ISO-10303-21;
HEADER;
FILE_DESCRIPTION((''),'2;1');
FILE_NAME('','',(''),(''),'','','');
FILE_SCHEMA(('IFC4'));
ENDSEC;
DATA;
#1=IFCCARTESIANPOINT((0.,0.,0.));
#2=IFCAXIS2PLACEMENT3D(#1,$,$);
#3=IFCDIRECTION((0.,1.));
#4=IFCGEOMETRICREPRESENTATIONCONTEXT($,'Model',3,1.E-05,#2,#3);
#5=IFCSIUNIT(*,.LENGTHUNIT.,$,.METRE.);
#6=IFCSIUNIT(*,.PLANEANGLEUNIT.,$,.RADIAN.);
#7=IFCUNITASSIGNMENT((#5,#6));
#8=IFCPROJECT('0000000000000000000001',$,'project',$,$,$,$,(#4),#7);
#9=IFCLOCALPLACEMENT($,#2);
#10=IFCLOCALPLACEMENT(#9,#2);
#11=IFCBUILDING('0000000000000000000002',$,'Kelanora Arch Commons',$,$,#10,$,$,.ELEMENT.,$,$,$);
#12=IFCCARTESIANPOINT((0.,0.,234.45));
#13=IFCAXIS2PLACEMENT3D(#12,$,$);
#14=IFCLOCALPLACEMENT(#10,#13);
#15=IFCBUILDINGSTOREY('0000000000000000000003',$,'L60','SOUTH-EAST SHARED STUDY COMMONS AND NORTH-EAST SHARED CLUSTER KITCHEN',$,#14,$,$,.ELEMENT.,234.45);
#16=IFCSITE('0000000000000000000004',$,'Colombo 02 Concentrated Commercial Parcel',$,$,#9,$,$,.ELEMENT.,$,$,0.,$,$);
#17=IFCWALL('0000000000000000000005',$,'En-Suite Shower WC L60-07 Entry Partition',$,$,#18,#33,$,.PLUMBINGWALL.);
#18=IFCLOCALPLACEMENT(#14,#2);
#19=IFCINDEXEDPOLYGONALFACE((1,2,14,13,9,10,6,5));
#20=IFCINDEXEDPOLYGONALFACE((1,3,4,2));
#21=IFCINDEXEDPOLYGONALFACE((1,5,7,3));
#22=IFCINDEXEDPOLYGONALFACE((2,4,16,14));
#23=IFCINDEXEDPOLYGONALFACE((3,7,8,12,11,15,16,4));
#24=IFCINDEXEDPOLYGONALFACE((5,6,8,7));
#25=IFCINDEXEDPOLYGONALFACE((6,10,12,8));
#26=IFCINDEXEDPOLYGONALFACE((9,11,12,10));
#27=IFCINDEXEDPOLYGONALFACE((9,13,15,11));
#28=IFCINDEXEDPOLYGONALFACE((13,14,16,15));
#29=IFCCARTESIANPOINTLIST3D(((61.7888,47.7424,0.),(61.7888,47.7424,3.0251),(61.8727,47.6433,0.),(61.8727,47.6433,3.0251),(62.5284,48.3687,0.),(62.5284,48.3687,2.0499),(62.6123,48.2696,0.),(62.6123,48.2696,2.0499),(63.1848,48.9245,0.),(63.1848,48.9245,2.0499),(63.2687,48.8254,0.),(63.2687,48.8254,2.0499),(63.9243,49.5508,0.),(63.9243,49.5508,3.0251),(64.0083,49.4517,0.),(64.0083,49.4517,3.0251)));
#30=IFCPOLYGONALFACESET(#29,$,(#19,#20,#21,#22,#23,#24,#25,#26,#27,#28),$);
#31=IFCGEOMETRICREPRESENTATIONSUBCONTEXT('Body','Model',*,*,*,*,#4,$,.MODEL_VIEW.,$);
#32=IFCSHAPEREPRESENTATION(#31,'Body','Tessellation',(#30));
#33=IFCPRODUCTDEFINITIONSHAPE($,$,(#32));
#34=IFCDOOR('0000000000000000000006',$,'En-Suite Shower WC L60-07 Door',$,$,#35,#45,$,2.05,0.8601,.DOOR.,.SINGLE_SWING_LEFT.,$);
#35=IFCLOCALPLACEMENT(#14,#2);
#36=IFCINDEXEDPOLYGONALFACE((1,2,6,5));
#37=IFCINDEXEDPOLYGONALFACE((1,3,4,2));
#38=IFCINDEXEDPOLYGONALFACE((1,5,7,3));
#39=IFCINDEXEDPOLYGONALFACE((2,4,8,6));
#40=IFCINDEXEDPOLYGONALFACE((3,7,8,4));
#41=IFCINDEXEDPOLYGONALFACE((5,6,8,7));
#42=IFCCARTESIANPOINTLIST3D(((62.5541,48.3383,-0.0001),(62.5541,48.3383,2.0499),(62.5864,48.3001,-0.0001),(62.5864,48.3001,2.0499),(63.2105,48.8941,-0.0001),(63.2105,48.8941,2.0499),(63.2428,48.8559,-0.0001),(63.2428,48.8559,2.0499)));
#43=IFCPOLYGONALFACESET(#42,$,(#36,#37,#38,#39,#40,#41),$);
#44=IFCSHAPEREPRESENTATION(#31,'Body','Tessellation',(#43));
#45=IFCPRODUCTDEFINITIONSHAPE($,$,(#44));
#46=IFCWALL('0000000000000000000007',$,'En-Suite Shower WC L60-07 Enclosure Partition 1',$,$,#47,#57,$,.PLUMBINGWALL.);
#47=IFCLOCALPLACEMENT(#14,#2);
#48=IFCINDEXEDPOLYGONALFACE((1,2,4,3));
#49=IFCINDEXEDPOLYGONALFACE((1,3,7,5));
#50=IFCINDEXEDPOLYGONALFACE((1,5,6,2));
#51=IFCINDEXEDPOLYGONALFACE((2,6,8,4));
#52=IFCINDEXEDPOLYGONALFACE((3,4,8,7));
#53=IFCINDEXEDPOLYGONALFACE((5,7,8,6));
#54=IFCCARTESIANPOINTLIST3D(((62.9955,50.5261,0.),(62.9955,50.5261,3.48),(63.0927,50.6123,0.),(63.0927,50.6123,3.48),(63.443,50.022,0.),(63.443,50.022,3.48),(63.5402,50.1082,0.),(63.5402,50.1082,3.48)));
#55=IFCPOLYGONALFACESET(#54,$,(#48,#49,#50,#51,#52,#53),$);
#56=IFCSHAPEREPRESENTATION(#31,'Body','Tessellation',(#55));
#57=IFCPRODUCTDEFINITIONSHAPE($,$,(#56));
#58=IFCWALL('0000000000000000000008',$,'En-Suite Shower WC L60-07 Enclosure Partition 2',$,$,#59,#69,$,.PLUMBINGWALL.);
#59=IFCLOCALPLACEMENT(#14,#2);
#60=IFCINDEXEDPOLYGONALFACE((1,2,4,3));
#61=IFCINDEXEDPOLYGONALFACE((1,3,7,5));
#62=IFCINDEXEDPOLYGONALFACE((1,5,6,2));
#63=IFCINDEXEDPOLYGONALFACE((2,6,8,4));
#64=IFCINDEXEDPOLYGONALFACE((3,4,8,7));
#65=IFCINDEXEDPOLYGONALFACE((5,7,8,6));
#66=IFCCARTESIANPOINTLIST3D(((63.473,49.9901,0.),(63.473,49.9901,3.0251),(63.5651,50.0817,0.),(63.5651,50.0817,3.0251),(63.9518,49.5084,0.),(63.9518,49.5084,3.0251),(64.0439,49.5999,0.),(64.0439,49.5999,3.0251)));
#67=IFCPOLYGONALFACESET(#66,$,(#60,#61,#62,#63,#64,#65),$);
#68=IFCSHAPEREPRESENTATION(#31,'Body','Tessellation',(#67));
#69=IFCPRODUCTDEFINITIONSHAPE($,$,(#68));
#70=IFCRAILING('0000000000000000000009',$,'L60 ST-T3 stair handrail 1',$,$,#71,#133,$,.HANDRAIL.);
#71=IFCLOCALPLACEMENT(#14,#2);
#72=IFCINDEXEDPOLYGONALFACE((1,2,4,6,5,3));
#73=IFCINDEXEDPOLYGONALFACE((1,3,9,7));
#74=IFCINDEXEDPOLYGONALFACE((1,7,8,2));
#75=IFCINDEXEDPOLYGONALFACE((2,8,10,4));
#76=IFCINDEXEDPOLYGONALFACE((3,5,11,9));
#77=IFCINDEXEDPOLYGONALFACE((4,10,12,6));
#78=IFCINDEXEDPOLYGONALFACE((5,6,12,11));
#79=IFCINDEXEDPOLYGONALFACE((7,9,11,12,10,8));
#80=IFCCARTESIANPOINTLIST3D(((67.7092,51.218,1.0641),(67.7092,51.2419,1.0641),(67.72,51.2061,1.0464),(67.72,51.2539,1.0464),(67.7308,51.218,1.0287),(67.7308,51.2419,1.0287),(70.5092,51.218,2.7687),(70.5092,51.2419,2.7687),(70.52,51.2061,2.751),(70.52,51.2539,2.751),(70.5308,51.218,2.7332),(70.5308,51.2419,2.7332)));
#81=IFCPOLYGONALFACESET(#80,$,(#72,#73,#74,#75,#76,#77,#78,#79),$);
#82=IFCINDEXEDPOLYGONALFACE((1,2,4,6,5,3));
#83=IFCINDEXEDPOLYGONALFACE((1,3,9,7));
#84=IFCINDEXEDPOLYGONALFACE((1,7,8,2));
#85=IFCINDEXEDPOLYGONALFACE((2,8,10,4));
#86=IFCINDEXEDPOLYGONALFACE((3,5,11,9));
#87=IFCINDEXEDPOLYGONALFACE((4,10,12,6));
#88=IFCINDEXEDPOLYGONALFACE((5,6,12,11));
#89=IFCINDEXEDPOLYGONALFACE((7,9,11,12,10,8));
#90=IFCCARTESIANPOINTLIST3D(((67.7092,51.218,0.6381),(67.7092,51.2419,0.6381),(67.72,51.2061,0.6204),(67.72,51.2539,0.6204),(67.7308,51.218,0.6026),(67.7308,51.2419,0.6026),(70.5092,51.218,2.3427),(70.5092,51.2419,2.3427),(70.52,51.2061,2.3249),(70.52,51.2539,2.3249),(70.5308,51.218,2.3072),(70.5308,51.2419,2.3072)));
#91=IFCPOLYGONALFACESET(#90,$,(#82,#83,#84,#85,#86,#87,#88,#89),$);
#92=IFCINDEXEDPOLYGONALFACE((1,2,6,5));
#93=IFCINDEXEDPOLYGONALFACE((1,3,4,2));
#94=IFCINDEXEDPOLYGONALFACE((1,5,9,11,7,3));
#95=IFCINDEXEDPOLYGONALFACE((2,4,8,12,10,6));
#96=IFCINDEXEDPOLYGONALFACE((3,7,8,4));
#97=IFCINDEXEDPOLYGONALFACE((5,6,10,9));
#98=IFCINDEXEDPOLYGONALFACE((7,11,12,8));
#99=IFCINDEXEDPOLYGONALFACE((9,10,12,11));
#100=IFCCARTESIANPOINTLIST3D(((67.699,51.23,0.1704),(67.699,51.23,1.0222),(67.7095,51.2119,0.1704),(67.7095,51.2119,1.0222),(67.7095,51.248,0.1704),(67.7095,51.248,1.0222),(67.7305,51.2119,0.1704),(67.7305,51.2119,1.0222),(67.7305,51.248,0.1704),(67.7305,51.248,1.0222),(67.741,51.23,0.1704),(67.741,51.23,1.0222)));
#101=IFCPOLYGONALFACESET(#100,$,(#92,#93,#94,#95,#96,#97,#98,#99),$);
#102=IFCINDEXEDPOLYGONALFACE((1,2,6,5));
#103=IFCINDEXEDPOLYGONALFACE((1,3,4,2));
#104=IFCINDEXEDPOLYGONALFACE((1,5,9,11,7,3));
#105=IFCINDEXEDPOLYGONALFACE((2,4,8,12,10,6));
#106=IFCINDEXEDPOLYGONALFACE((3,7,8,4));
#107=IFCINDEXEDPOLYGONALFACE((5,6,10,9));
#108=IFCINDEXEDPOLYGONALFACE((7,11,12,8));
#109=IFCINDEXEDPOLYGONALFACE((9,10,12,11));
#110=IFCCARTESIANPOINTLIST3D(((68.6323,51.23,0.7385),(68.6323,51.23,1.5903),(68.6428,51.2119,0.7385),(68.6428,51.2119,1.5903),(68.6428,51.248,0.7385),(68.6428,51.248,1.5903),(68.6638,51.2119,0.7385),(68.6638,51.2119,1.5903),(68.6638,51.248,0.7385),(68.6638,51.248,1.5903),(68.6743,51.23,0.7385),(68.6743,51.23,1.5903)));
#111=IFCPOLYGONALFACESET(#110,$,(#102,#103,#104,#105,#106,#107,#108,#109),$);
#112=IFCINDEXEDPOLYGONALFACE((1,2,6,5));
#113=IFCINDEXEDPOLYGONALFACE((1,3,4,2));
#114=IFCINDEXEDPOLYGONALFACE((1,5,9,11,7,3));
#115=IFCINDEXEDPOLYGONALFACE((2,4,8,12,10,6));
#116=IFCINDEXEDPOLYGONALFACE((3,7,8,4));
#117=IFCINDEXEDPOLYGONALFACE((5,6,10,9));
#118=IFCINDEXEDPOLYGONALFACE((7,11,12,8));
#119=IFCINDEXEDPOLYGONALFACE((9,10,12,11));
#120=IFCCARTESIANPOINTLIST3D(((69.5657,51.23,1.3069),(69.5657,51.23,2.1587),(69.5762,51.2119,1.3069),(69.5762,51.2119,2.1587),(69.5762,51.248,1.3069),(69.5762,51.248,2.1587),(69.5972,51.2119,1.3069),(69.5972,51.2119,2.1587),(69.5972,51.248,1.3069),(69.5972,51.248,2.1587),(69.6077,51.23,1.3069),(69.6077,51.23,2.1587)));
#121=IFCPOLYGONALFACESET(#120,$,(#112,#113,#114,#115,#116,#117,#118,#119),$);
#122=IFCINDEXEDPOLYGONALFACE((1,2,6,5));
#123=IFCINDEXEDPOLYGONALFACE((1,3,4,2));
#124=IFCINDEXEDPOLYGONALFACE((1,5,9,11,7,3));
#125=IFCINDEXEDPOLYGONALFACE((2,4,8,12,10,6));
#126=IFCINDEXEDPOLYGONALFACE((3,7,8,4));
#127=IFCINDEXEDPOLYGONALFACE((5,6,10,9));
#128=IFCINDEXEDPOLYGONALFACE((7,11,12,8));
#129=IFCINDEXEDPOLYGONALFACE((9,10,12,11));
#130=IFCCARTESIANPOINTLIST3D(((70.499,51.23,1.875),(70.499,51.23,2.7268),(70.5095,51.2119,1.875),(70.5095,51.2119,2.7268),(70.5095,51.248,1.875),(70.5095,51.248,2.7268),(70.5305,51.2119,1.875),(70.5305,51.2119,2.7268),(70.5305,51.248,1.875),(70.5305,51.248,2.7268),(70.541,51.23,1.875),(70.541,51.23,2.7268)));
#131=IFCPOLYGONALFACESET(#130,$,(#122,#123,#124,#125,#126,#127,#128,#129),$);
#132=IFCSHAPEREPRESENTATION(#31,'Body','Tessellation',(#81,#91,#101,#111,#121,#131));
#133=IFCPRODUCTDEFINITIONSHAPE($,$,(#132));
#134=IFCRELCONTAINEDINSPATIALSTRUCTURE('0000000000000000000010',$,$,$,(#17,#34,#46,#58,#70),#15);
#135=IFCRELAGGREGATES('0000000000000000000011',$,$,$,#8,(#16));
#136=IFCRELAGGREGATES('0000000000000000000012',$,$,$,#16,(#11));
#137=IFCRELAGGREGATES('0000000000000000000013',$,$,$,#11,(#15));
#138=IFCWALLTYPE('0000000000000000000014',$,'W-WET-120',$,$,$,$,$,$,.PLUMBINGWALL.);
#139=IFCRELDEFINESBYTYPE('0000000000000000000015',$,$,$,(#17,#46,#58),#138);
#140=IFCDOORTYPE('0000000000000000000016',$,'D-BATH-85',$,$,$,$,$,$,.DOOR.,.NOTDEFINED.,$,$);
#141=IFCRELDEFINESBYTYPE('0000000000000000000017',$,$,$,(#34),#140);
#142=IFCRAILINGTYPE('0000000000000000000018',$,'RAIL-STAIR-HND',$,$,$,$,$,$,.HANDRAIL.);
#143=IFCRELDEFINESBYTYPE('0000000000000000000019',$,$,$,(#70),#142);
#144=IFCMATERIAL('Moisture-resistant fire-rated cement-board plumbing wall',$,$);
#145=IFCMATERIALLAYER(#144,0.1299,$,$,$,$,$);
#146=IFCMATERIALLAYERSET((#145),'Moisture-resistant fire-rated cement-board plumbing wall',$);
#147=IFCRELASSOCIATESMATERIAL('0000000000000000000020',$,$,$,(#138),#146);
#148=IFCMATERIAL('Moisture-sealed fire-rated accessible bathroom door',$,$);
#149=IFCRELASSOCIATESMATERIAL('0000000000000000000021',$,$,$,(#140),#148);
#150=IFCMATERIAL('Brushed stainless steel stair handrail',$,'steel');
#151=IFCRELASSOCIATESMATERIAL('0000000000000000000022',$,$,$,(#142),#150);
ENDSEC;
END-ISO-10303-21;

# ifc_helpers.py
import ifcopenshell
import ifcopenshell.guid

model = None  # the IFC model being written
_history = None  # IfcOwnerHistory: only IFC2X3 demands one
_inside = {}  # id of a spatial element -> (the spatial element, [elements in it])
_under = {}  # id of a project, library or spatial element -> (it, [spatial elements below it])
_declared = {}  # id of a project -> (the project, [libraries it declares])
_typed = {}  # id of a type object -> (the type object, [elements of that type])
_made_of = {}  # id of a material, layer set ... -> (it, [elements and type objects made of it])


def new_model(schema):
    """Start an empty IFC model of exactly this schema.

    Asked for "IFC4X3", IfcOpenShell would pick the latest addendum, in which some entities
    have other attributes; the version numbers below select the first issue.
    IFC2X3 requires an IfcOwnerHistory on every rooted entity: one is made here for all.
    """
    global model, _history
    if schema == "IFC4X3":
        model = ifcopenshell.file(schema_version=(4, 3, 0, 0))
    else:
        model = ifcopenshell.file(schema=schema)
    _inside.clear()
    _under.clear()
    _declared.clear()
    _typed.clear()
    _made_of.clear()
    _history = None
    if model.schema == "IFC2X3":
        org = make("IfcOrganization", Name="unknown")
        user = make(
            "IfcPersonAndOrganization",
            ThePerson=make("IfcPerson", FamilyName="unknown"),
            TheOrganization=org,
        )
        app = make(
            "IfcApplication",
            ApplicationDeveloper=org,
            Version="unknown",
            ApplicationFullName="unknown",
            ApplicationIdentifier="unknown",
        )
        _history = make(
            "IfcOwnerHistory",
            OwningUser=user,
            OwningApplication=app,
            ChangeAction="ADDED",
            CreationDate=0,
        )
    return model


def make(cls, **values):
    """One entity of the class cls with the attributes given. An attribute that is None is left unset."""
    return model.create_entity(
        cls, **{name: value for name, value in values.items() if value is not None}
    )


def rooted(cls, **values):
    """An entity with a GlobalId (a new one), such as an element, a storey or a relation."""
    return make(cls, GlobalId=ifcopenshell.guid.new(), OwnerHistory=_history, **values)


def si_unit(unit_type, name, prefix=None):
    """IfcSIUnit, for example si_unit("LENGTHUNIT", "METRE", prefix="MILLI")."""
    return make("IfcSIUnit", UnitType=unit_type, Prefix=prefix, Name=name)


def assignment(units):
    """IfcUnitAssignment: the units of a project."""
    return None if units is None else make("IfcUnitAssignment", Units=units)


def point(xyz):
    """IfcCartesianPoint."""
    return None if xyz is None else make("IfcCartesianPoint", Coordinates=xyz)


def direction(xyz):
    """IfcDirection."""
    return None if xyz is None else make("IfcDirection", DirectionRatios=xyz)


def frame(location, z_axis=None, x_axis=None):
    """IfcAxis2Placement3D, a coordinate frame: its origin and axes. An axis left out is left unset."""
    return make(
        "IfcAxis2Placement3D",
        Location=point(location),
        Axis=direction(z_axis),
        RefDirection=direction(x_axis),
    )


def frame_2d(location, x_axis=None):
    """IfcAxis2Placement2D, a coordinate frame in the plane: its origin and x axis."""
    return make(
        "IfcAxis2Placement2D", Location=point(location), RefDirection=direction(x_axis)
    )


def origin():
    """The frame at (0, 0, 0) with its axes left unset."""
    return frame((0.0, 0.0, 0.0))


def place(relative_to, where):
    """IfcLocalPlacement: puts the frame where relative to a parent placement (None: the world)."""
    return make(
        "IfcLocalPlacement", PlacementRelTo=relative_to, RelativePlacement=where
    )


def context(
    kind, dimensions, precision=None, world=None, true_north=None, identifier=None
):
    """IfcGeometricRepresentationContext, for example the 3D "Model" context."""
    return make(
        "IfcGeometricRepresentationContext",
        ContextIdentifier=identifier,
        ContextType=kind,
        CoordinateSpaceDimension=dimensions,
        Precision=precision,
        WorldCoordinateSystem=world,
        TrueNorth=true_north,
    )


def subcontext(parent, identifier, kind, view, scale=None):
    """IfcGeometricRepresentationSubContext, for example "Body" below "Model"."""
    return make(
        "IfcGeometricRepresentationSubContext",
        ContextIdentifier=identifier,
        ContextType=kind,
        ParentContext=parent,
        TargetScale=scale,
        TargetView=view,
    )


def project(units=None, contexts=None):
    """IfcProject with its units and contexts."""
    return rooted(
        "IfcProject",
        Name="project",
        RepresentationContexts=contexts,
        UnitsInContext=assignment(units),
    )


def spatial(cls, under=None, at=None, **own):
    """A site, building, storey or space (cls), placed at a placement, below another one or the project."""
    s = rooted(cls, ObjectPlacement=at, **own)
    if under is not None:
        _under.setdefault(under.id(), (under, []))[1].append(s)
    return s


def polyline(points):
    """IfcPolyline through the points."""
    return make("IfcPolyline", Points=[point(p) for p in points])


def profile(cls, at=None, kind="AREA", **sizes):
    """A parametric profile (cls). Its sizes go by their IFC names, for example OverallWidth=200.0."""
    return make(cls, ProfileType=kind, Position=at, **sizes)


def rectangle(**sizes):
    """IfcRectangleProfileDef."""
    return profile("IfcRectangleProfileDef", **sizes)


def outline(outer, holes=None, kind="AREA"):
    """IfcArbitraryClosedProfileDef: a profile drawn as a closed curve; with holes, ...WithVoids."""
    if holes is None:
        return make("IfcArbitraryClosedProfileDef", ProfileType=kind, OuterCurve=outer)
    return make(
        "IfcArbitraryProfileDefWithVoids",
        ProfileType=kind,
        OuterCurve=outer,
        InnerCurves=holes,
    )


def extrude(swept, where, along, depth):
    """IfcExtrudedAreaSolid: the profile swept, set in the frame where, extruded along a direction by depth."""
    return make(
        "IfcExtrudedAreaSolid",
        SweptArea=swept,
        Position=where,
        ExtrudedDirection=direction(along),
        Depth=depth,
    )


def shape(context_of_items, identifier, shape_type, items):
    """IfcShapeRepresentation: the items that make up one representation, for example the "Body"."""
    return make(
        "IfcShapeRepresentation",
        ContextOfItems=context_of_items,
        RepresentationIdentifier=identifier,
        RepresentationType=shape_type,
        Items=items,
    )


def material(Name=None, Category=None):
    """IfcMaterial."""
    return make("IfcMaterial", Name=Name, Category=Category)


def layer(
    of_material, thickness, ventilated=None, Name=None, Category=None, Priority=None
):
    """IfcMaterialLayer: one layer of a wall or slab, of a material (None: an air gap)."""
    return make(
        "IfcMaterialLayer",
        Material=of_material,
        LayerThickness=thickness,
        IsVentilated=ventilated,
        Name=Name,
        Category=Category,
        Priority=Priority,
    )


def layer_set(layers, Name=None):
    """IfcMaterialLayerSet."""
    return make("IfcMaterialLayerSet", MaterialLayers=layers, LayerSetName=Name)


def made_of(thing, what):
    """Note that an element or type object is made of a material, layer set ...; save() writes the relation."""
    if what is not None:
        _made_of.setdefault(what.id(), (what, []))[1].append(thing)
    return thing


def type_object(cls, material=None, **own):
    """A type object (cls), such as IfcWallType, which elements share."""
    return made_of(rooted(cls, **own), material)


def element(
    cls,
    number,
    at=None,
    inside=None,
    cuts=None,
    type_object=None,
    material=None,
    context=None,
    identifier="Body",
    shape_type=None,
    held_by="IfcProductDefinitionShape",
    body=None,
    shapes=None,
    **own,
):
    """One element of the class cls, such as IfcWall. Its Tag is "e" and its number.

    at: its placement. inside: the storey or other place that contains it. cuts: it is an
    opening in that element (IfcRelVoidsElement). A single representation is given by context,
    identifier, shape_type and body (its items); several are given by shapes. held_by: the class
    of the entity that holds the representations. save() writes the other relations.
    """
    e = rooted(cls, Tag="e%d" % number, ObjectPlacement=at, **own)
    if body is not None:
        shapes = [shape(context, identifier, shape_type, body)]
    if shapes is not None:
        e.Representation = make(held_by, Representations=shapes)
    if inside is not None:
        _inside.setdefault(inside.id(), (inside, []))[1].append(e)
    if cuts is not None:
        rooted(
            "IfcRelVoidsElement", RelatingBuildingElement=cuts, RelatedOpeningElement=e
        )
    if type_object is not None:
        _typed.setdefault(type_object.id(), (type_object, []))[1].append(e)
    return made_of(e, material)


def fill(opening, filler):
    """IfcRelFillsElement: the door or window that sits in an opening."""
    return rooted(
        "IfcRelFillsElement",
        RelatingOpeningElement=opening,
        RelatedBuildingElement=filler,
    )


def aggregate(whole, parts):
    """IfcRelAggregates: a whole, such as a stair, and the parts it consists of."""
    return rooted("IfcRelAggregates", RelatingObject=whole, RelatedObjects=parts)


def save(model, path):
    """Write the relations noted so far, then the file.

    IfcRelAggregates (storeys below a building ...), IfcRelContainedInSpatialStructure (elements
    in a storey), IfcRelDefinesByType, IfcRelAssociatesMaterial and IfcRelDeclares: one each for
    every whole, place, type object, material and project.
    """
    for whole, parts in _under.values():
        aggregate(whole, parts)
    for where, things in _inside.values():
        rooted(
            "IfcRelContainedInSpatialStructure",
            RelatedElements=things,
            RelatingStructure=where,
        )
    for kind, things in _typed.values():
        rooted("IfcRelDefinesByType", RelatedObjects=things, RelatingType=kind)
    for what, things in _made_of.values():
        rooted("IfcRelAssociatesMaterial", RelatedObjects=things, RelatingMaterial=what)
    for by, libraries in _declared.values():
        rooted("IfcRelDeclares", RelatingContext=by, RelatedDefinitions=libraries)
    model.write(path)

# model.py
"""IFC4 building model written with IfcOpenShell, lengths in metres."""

from ifc_helpers import new_model, si_unit, direction, frame, frame_2d, origin, place, context, subcontext, project, spatial, polyline, rectangle, outline, extrude, material, layer, layer_set, type_object, element, fill, save


model = new_model("IFC4")

# Units and contexts
model_context = context("Model", 3, precision=1e-05, world=origin(), true_north=direction((0.0, 1.0)))
body_context = subcontext(model_context, "Body", "Model", "MODEL_VIEW")
ifc_project = project(units=[si_unit("LENGTHUNIT", "METRE"), si_unit("PLANEANGLEUNIT", "RADIAN")], contexts=[model_context])

# Site, building, storey
site_placement = place(None, origin())
site = spatial("IfcSite", under=ifc_project, at=site_placement, Name="Colombo 02 Concentrated Commercial Parcel", CompositionType="ELEMENT", RefElevation=0.0)
building_placement = place(site_placement, origin())
building = spatial("IfcBuilding", under=site, at=building_placement, Name="Kelanora Arch Commons", CompositionType="ELEMENT")
storey_placement = place(building_placement, frame((0.0, 0.0, 234.45)))
storey = spatial("IfcBuildingStorey", under=building, at=storey_placement, Name="L60", Description="SOUTH-EAST SHARED STUDY COMMONS AND NORTH-EAST SHARED CLUSTER KITCHEN", CompositionType="ELEMENT", Elevation=234.45)

# Wall, opening, door
ifc_material_1 = material(Name="Moisture-resistant fire-rated cement-board plumbing wall")
ifc_layer_1 = layer(ifc_material_1, 0.1299)
ifc_layer_set_1 = layer_set([ifc_layer_1], Name="Moisture-resistant fire-rated cement-board plumbing wall")
wall_type_1 = type_object("IfcWallType", Name="W-WET-120", PredefinedType="PLUMBINGWALL", material=ifc_layer_set_1)
wall_1_placement = place(storey_placement, frame((63.9663, 49.5012, 0.0), z_axis=(0.0, 0.0, 1.0), x_axis=(-0.763141, -0.646232, 0.0)))
wall_1 = element("IfcWall", 1, at=wall_1_placement, inside=storey, type_object=wall_type_1, Name="En-Suite Shower WC L60-07 Entry Partition", PredefinedType="PLUMBINGWALL", context=body_context, shape_type="SweptSolid", body=[
    extrude(rectangle(XDim=2.7983, YDim=0.1299, at=frame_2d((1.3992, 0.0))), origin(), (0.0, 0.0, 1.0), 3.0251),
])
opening_1_placement = place(wall_1_placement, frame((0.969, 0.0, 0.0)))
opening_1 = element("IfcOpeningElement", 2, at=opening_1_placement, cuts=wall_1, PredefinedType="OPENING", context=body_context, shape_type="SweptSolid", body=[
    extrude(rectangle(XDim=0.8601, YDim=2.05, at=frame_2d((0.4302, 1.0249))), frame((0.0, 0.075, 0.0), z_axis=(0.0, -1.0, 0.0), x_axis=(1.0, 0.0, 0.0)), (0.0, 0.0, 1.0), 0.1499),
])
ifc_material_2 = material(Name="Moisture-sealed fire-rated accessible bathroom door")
door_type_1 = type_object("IfcDoorType", Name="D-BATH-85", OperationType="NOTDEFINED", PredefinedType="DOOR", material=ifc_material_2)
door_1_placement = place(opening_1_placement, origin())
door_1 = element("IfcDoor", 3, at=door_1_placement, inside=storey, type_object=door_type_1, Name="En-Suite Shower WC L60-07 Door", OperationType="SINGLE_SWING_LEFT", OverallHeight=2.05, OverallWidth=0.8601, PredefinedType="DOOR", context=body_context, shape_type="SweptSolid", body=[
    extrude(rectangle(XDim=0.8601, YDim=2.05, at=frame_2d((0.4302, 1.0249))), frame((0.0, 0.0249, 0.0), z_axis=(0.0, -1.0, 0.0), x_axis=(1.0, 0.0, 0.0)), (0.0, 0.0, 1.0), 0.05),
])
fill(opening_1, door_1)

# Walls
wall_2_placement = place(storey_placement, frame((63.0442, 50.5691, 0.0), z_axis=(0.0, 0.0, 1.0), x_axis=(0.663847, -0.747869, 0.0)))
element("IfcWall", 4, at=wall_2_placement, inside=storey, type_object=wall_type_1, Name="En-Suite Shower WC L60-07 Enclosure Partition 1", PredefinedType="PLUMBINGWALL", context=body_context, shape_type="SweptSolid", body=[
    extrude(rectangle(XDim=0.6741, YDim=0.1299, at=frame_2d((0.3369, 0.0))), origin(), (0.0, 0.0, 1.0), 3.48),
])
wall_3_placement = place(storey_placement, frame((63.519, 50.0359, 0.0), z_axis=(0.0, 0.0, 1.0), x_axis=(0.704947, -0.70926, 0.0)))
element("IfcWall", 5, at=wall_3_placement, inside=storey, type_object=wall_type_1, Name="En-Suite Shower WC L60-07 Enclosure Partition 2", PredefinedType="PLUMBINGWALL", context=body_context, shape_type="SweptSolid", body=[
    extrude(rectangle(XDim=0.6792, YDim=0.1299, at=frame_2d((0.3396, 0.0))), origin(), (0.0, 0.0, 1.0), 3.0251),
])

# Railing
ifc_material_3 = material(Name="Brushed stainless steel stair handrail", Category="steel")
railing_type = type_object("IfcRailingType", Name="RAIL-STAIR-HND", PredefinedType="HANDRAIL", material=ifc_material_3)
railing_placement = place(storey_placement, frame((67.72, 51.23, 0.1704)))
element("IfcRailing", 6, at=railing_placement, inside=storey, type_object=railing_type, Name="L60 ST-T3 stair handrail 1", PredefinedType="HANDRAIL", context=body_context, shape_type="SweptSolid", body=[
    extrude(outline(polyline([(0.0239, 0.0), (0.012, 0.0208), (-0.012, 0.0208), (-0.0239, 0.0), (-0.012, -0.0208), (0.012, -0.0208), (0.0239, 0.0)])), frame((0.0, 0.0, 0.876), z_axis=(0.85417, 0.0, 0.519994), x_axis=(0.0, 1.0, 0.0)), (0.0, 0.0, 1.0), 3.2781),
    extrude(outline(polyline([(0.0239, 0.0), (0.012, 0.0208), (-0.012, 0.0208), (-0.0239, 0.0), (-0.012, -0.0208), (0.012, -0.0208), (0.0239, 0.0)])), frame((0.0, 0.0, 0.45), z_axis=(0.85417, 0.0, 0.519994), x_axis=(0.0, 1.0, 0.0)), (0.0, 0.0, 1.0), 3.2781),
    extrude(outline(polyline([(0.021, 0.0), (0.0105, 0.0181), (-0.0105, 0.0181), (-0.021, 0.0), (-0.0105, -0.0181), (0.0105, -0.0181), (0.021, 0.0)])), origin(), (0.0, 0.0, 1.0), 0.8518),
    extrude(outline(polyline([(0.021, 0.0), (0.0105, 0.0181), (-0.0105, 0.0181), (-0.021, 0.0), (-0.0105, -0.0181), (0.0105, -0.0181), (0.021, 0.0)])), frame((0.9333, 0.0, 0.5681)), (0.0, 0.0, 1.0), 0.8518),
    extrude(outline(polyline([(0.021, 0.0), (0.0105, 0.0181), (-0.0105, 0.0181), (-0.021, 0.0), (-0.0105, -0.0181), (0.0105, -0.0181), (0.021, 0.0)])), frame((1.8667, 0.0, 1.1365)), (0.0, 0.0, 1.0), 0.8518),
    extrude(outline(polyline([(0.021, 0.0), (0.0105, 0.0181), (-0.0105, 0.0181), (-0.021, 0.0), (-0.0105, -0.0181), (0.0105, -0.0181), (0.021, 0.0)])), frame((2.8, 0.0, 1.7046)), (0.0, 0.0, 1.0), 0.8518),
])

save(model, "model.ifc")
